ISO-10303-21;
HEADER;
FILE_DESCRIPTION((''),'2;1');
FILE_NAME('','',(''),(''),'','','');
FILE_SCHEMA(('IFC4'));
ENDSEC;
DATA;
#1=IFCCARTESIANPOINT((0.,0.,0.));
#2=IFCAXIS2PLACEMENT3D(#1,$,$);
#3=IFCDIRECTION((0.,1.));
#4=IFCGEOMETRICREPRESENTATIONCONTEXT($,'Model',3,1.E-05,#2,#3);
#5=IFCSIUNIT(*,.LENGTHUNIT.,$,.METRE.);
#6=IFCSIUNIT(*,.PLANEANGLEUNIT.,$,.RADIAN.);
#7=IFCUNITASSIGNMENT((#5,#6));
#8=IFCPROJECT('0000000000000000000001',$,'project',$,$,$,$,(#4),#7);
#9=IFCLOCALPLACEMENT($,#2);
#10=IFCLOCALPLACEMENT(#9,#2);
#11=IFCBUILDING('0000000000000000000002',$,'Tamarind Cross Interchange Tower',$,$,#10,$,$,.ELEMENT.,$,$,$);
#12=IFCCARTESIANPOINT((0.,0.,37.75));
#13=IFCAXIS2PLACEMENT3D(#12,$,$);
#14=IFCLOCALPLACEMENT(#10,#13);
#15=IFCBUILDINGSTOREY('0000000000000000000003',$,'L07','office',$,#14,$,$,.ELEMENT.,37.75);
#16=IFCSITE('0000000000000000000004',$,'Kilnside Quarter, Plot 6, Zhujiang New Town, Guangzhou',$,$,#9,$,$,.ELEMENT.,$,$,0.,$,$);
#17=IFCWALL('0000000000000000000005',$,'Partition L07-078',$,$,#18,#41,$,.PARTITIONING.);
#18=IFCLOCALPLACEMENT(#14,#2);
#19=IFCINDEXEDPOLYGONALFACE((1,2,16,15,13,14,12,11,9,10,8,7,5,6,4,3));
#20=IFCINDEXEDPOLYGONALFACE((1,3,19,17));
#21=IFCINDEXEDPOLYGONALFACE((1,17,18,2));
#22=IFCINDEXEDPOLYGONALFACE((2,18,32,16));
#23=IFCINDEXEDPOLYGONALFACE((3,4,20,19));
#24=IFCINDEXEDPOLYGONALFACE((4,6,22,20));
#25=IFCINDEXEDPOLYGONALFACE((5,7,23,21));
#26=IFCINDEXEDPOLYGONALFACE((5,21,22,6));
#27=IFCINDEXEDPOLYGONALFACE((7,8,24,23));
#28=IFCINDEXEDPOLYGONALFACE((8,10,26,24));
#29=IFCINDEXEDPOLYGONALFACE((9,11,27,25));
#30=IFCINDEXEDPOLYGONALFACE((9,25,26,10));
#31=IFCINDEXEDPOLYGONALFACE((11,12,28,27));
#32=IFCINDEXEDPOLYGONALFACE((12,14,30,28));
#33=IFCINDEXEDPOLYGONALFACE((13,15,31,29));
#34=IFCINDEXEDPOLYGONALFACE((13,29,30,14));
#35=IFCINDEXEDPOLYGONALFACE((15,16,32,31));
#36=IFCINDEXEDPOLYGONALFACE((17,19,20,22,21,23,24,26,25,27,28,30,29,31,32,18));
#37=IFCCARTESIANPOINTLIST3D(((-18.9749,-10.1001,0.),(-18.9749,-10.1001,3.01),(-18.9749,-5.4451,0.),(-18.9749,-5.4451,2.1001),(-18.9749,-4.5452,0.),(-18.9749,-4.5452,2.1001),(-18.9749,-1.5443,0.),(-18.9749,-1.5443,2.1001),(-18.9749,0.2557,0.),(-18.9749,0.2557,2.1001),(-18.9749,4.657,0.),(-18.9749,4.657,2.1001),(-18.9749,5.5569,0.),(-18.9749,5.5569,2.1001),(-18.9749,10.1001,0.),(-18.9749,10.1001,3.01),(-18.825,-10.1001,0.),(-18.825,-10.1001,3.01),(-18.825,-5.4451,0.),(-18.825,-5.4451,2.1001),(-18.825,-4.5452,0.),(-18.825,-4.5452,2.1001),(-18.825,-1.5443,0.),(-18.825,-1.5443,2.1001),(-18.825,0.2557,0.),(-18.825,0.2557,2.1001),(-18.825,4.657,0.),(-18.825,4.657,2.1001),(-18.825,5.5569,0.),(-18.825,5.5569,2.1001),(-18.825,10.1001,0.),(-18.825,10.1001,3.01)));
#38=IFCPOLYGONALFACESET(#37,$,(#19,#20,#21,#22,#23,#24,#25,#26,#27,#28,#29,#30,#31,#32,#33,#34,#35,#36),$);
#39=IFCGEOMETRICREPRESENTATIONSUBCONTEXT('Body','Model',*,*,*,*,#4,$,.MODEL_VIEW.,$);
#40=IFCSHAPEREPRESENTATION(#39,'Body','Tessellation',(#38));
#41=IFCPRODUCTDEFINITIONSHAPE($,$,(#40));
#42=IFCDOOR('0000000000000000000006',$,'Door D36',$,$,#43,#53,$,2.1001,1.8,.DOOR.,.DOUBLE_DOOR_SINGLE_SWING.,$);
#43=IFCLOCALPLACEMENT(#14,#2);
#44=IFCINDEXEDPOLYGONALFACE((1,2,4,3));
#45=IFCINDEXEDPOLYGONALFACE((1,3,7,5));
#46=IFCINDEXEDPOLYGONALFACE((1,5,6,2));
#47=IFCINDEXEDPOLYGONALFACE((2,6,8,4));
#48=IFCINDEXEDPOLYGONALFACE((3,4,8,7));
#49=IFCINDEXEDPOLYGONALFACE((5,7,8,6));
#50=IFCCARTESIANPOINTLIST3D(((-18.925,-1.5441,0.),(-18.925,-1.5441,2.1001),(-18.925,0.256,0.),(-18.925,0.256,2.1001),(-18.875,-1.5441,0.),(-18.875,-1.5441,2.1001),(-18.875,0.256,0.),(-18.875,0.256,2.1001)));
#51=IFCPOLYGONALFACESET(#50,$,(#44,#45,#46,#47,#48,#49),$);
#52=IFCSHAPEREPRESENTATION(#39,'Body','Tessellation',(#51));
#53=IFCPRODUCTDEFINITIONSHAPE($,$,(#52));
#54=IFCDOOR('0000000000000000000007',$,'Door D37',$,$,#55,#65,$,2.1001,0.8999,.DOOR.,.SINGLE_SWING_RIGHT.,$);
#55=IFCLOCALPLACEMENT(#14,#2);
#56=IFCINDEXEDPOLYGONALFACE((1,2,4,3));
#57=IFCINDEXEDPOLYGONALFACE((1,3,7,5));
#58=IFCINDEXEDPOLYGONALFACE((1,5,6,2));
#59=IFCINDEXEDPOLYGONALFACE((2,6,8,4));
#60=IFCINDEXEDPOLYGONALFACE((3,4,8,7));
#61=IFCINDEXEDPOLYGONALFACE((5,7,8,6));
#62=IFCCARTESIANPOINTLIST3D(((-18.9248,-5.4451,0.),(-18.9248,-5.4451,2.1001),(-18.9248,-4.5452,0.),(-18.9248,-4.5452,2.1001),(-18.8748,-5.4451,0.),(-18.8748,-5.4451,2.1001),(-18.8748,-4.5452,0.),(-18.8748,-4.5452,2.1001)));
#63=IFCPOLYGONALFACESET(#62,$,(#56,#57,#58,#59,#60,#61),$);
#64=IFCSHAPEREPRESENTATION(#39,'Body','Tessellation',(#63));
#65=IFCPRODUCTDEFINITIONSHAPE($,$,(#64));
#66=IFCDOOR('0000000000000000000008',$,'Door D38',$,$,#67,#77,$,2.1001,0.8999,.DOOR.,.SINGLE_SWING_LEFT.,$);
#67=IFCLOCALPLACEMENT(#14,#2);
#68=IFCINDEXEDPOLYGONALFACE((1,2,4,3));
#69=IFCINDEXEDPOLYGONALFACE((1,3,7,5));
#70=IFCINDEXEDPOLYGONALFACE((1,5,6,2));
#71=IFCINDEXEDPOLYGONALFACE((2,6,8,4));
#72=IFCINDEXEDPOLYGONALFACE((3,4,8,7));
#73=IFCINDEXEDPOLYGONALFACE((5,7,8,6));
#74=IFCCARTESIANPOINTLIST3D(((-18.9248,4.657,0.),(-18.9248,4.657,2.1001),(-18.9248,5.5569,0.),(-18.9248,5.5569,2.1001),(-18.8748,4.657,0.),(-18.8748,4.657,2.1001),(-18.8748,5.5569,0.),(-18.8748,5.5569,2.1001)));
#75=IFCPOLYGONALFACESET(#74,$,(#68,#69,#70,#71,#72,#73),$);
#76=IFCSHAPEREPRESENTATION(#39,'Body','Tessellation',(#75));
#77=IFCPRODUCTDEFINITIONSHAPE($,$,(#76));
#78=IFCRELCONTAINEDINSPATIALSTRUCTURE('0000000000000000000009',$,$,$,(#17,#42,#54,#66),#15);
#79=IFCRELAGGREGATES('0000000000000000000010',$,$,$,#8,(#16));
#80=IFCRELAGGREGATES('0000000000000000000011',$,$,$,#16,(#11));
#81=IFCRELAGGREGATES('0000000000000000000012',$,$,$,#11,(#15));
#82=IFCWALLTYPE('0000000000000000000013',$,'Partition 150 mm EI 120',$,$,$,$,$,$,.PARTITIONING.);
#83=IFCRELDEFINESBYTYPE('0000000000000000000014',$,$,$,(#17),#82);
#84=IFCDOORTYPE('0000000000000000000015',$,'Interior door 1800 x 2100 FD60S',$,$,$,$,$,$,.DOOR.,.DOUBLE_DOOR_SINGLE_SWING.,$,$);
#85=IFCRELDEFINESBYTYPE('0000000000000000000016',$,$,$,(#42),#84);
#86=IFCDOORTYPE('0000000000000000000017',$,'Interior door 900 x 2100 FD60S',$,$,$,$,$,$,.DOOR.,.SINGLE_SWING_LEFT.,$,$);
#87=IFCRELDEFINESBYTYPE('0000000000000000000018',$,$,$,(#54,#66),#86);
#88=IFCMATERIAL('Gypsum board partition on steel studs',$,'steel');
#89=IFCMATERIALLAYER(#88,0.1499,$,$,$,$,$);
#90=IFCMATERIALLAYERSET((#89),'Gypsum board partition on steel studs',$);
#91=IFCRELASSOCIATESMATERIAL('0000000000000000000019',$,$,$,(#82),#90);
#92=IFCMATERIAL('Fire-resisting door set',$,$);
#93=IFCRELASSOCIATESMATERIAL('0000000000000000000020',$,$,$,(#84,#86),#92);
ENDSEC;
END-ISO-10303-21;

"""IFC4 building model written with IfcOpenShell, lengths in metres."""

from ifc_helpers import new_model, si_unit, direction, frame, frame_2d, origin, place, context, subcontext, project, spatial, rectangle, extrude, material, layer, layer_set, type_object, element, fill, save


model = new_model("IFC4")

# Units and contexts
model_context = context("Model", 3, precision=1e-05, world=origin(), true_north=direction((0.0, 1.0)))
body_context = subcontext(model_context, "Body", "Model", "MODEL_VIEW")
ifc_project = project(units=[si_unit("LENGTHUNIT", "METRE"), si_unit("PLANEANGLEUNIT", "RADIAN")], contexts=[model_context])

# Site, building, storey
site_placement = place(None, origin())
site = spatial("IfcSite", under=ifc_project, at=site_placement, Name="Kilnside Quarter, Plot 6, Zhujiang New Town, Guangzhou", CompositionType="ELEMENT", RefElevation=0.0)
building_placement = place(site_placement, origin())
building = spatial("IfcBuilding", under=site, at=building_placement, Name="Tamarind Cross Interchange Tower", CompositionType="ELEMENT")
storey_placement = place(building_placement, frame((0.0, 0.0, 37.75)))
storey = spatial("IfcBuildingStorey", under=building, at=storey_placement, Name="L07", Description="office", CompositionType="ELEMENT", Elevation=37.75)

# Shared definitions
ifc_material_1 = material(Name="Gypsum board partition on steel studs", Category="steel")
ifc_layer_1 = layer(ifc_material_1, 0.1499)
ifc_layer_set_1 = layer_set([ifc_layer_1], Name="Gypsum board partition on steel studs")
wall_type_1 = type_object("IfcWallType", Name="Partition 150 mm EI 120", PredefinedType="PARTITIONING", material=ifc_layer_set_1)

# Wall, openings, doors
wall_1_placement = place(storey_placement, frame((-18.8999, -10.1001, 0.0), z_axis=(0.0, 0.0, 1.0), x_axis=(0.0, 1.0, 0.0)))
wall_1 = element("IfcWall", 1, at=wall_1_placement, inside=storey, type_object=wall_type_1, Name="Partition L07-078", PredefinedType="PARTITIONING", context=body_context, shape_type="SweptSolid", body=[
    extrude(rectangle(XDim=20.2002, YDim=0.1499, at=frame_2d((10.1001, 0.0))), origin(), (0.0, 0.0, 1.0), 3.01),
])
opening_1_placement = place(wall_1_placement, frame((8.5559, 0.0, 0.0)))
opening_1 = element("IfcOpeningElement", 2, at=opening_1_placement, cuts=wall_1, PredefinedType="OPENING", context=body_context, shape_type="SweptSolid", body=[
    extrude(rectangle(XDim=1.8, YDim=2.1001, at=frame_2d((0.8999, 1.05))), frame((0.0, 0.085, 0.0), z_axis=(0.0, -1.0, 0.0), x_axis=(1.0, 0.0, 0.0)), (0.0, 0.0, 1.0), 0.1699),
])
opening_2_placement = place(wall_1_placement, frame((4.655, 0.0, 0.0)))
opening_2 = element("IfcOpeningElement", 3, at=opening_2_placement, cuts=wall_1, PredefinedType="OPENING", context=body_context, shape_type="SweptSolid", body=[
    extrude(rectangle(XDim=0.8999, YDim=2.1001, at=frame_2d((0.45, 1.05))), frame((0.0, 0.085, 0.0), z_axis=(0.0, -1.0, 0.0), x_axis=(1.0, 0.0, 0.0)), (0.0, 0.0, 1.0), 0.1699),
])
opening_3_placement = place(wall_1_placement, frame((14.7571, 0.0, 0.0)))
opening_3 = element("IfcOpeningElement", 4, at=opening_3_placement, cuts=wall_1, PredefinedType="OPENING", context=body_context, shape_type="SweptSolid", body=[
    extrude(rectangle(XDim=0.8999, YDim=2.1001, at=frame_2d((0.45, 1.05))), frame((0.0, 0.085, 0.0), z_axis=(0.0, -1.0, 0.0), x_axis=(1.0, 0.0, 0.0)), (0.0, 0.0, 1.0), 0.1699),
])
ifc_material_2 = material(Name="Fire-resisting door set")
door_type_1 = type_object("IfcDoorType", Name="Interior door 1800 x 2100 FD60S", OperationType="DOUBLE_DOOR_SINGLE_SWING", PredefinedType="DOOR", material=ifc_material_2)
door_1_placement = place(opening_1_placement, frame((1.8, 0.0, 0.0), z_axis=(0.0, 0.0, 1.0), x_axis=(-1.0, 0.0, 0.0)))
door_1 = element("IfcDoor", 5, at=door_1_placement, inside=storey, type_object=door_type_1, Name="Door D36", OperationType="DOUBLE_DOOR_SINGLE_SWING", OverallHeight=2.1001, OverallWidth=1.8, PredefinedType="DOOR", context=body_context, shape_type="SweptSolid", body=[
    extrude(rectangle(XDim=1.8, YDim=2.1001, at=frame_2d((0.8999, 1.05))), frame((0.0, 0.0249, 0.0), z_axis=(0.0, -1.0, 0.0), x_axis=(1.0, 0.0, 0.0)), (0.0, 0.0, 1.0), 0.05),
])
fill(opening_1, door_1)
door_type_2 = type_object("IfcDoorType", Name="Interior door 900 x 2100 FD60S", OperationType="SINGLE_SWING_LEFT", PredefinedType="DOOR", material=ifc_material_2)
door_2_placement = place(opening_2_placement, origin())
door_2 = element("IfcDoor", 6, at=door_2_placement, inside=storey, type_object=door_type_2, Name="Door D37", OperationType="SINGLE_SWING_RIGHT", OverallHeight=2.1001, OverallWidth=0.8999, PredefinedType="DOOR", context=body_context, shape_type="SweptSolid", body=[
    extrude(rectangle(XDim=0.8999, YDim=2.1001, at=frame_2d((0.45, 1.05))), frame((0.0, 0.0249, 0.0), z_axis=(0.0, -1.0, 0.0), x_axis=(1.0, 0.0, 0.0)), (0.0, 0.0, 1.0), 0.05),
])
fill(opening_2, door_2)
door_3_placement = place(opening_3_placement, origin())
door_3 = element("IfcDoor", 7, at=door_3_placement, inside=storey, type_object=door_type_2, Name="Door D38", OperationType="SINGLE_SWING_LEFT", OverallHeight=2.1001, OverallWidth=0.8999, PredefinedType="DOOR", context=body_context, shape_type="SweptSolid", body=[
    extrude(rectangle(XDim=0.8999, YDim=2.1001, at=frame_2d((0.45, 1.05))), frame((0.0, 0.0249, 0.0), z_axis=(0.0, -1.0, 0.0), x_axis=(1.0, 0.0, 0.0)), (0.0, 0.0, 1.0), 0.05),
])
fill(opening_3, door_3)

save(model, "model.ifc")
